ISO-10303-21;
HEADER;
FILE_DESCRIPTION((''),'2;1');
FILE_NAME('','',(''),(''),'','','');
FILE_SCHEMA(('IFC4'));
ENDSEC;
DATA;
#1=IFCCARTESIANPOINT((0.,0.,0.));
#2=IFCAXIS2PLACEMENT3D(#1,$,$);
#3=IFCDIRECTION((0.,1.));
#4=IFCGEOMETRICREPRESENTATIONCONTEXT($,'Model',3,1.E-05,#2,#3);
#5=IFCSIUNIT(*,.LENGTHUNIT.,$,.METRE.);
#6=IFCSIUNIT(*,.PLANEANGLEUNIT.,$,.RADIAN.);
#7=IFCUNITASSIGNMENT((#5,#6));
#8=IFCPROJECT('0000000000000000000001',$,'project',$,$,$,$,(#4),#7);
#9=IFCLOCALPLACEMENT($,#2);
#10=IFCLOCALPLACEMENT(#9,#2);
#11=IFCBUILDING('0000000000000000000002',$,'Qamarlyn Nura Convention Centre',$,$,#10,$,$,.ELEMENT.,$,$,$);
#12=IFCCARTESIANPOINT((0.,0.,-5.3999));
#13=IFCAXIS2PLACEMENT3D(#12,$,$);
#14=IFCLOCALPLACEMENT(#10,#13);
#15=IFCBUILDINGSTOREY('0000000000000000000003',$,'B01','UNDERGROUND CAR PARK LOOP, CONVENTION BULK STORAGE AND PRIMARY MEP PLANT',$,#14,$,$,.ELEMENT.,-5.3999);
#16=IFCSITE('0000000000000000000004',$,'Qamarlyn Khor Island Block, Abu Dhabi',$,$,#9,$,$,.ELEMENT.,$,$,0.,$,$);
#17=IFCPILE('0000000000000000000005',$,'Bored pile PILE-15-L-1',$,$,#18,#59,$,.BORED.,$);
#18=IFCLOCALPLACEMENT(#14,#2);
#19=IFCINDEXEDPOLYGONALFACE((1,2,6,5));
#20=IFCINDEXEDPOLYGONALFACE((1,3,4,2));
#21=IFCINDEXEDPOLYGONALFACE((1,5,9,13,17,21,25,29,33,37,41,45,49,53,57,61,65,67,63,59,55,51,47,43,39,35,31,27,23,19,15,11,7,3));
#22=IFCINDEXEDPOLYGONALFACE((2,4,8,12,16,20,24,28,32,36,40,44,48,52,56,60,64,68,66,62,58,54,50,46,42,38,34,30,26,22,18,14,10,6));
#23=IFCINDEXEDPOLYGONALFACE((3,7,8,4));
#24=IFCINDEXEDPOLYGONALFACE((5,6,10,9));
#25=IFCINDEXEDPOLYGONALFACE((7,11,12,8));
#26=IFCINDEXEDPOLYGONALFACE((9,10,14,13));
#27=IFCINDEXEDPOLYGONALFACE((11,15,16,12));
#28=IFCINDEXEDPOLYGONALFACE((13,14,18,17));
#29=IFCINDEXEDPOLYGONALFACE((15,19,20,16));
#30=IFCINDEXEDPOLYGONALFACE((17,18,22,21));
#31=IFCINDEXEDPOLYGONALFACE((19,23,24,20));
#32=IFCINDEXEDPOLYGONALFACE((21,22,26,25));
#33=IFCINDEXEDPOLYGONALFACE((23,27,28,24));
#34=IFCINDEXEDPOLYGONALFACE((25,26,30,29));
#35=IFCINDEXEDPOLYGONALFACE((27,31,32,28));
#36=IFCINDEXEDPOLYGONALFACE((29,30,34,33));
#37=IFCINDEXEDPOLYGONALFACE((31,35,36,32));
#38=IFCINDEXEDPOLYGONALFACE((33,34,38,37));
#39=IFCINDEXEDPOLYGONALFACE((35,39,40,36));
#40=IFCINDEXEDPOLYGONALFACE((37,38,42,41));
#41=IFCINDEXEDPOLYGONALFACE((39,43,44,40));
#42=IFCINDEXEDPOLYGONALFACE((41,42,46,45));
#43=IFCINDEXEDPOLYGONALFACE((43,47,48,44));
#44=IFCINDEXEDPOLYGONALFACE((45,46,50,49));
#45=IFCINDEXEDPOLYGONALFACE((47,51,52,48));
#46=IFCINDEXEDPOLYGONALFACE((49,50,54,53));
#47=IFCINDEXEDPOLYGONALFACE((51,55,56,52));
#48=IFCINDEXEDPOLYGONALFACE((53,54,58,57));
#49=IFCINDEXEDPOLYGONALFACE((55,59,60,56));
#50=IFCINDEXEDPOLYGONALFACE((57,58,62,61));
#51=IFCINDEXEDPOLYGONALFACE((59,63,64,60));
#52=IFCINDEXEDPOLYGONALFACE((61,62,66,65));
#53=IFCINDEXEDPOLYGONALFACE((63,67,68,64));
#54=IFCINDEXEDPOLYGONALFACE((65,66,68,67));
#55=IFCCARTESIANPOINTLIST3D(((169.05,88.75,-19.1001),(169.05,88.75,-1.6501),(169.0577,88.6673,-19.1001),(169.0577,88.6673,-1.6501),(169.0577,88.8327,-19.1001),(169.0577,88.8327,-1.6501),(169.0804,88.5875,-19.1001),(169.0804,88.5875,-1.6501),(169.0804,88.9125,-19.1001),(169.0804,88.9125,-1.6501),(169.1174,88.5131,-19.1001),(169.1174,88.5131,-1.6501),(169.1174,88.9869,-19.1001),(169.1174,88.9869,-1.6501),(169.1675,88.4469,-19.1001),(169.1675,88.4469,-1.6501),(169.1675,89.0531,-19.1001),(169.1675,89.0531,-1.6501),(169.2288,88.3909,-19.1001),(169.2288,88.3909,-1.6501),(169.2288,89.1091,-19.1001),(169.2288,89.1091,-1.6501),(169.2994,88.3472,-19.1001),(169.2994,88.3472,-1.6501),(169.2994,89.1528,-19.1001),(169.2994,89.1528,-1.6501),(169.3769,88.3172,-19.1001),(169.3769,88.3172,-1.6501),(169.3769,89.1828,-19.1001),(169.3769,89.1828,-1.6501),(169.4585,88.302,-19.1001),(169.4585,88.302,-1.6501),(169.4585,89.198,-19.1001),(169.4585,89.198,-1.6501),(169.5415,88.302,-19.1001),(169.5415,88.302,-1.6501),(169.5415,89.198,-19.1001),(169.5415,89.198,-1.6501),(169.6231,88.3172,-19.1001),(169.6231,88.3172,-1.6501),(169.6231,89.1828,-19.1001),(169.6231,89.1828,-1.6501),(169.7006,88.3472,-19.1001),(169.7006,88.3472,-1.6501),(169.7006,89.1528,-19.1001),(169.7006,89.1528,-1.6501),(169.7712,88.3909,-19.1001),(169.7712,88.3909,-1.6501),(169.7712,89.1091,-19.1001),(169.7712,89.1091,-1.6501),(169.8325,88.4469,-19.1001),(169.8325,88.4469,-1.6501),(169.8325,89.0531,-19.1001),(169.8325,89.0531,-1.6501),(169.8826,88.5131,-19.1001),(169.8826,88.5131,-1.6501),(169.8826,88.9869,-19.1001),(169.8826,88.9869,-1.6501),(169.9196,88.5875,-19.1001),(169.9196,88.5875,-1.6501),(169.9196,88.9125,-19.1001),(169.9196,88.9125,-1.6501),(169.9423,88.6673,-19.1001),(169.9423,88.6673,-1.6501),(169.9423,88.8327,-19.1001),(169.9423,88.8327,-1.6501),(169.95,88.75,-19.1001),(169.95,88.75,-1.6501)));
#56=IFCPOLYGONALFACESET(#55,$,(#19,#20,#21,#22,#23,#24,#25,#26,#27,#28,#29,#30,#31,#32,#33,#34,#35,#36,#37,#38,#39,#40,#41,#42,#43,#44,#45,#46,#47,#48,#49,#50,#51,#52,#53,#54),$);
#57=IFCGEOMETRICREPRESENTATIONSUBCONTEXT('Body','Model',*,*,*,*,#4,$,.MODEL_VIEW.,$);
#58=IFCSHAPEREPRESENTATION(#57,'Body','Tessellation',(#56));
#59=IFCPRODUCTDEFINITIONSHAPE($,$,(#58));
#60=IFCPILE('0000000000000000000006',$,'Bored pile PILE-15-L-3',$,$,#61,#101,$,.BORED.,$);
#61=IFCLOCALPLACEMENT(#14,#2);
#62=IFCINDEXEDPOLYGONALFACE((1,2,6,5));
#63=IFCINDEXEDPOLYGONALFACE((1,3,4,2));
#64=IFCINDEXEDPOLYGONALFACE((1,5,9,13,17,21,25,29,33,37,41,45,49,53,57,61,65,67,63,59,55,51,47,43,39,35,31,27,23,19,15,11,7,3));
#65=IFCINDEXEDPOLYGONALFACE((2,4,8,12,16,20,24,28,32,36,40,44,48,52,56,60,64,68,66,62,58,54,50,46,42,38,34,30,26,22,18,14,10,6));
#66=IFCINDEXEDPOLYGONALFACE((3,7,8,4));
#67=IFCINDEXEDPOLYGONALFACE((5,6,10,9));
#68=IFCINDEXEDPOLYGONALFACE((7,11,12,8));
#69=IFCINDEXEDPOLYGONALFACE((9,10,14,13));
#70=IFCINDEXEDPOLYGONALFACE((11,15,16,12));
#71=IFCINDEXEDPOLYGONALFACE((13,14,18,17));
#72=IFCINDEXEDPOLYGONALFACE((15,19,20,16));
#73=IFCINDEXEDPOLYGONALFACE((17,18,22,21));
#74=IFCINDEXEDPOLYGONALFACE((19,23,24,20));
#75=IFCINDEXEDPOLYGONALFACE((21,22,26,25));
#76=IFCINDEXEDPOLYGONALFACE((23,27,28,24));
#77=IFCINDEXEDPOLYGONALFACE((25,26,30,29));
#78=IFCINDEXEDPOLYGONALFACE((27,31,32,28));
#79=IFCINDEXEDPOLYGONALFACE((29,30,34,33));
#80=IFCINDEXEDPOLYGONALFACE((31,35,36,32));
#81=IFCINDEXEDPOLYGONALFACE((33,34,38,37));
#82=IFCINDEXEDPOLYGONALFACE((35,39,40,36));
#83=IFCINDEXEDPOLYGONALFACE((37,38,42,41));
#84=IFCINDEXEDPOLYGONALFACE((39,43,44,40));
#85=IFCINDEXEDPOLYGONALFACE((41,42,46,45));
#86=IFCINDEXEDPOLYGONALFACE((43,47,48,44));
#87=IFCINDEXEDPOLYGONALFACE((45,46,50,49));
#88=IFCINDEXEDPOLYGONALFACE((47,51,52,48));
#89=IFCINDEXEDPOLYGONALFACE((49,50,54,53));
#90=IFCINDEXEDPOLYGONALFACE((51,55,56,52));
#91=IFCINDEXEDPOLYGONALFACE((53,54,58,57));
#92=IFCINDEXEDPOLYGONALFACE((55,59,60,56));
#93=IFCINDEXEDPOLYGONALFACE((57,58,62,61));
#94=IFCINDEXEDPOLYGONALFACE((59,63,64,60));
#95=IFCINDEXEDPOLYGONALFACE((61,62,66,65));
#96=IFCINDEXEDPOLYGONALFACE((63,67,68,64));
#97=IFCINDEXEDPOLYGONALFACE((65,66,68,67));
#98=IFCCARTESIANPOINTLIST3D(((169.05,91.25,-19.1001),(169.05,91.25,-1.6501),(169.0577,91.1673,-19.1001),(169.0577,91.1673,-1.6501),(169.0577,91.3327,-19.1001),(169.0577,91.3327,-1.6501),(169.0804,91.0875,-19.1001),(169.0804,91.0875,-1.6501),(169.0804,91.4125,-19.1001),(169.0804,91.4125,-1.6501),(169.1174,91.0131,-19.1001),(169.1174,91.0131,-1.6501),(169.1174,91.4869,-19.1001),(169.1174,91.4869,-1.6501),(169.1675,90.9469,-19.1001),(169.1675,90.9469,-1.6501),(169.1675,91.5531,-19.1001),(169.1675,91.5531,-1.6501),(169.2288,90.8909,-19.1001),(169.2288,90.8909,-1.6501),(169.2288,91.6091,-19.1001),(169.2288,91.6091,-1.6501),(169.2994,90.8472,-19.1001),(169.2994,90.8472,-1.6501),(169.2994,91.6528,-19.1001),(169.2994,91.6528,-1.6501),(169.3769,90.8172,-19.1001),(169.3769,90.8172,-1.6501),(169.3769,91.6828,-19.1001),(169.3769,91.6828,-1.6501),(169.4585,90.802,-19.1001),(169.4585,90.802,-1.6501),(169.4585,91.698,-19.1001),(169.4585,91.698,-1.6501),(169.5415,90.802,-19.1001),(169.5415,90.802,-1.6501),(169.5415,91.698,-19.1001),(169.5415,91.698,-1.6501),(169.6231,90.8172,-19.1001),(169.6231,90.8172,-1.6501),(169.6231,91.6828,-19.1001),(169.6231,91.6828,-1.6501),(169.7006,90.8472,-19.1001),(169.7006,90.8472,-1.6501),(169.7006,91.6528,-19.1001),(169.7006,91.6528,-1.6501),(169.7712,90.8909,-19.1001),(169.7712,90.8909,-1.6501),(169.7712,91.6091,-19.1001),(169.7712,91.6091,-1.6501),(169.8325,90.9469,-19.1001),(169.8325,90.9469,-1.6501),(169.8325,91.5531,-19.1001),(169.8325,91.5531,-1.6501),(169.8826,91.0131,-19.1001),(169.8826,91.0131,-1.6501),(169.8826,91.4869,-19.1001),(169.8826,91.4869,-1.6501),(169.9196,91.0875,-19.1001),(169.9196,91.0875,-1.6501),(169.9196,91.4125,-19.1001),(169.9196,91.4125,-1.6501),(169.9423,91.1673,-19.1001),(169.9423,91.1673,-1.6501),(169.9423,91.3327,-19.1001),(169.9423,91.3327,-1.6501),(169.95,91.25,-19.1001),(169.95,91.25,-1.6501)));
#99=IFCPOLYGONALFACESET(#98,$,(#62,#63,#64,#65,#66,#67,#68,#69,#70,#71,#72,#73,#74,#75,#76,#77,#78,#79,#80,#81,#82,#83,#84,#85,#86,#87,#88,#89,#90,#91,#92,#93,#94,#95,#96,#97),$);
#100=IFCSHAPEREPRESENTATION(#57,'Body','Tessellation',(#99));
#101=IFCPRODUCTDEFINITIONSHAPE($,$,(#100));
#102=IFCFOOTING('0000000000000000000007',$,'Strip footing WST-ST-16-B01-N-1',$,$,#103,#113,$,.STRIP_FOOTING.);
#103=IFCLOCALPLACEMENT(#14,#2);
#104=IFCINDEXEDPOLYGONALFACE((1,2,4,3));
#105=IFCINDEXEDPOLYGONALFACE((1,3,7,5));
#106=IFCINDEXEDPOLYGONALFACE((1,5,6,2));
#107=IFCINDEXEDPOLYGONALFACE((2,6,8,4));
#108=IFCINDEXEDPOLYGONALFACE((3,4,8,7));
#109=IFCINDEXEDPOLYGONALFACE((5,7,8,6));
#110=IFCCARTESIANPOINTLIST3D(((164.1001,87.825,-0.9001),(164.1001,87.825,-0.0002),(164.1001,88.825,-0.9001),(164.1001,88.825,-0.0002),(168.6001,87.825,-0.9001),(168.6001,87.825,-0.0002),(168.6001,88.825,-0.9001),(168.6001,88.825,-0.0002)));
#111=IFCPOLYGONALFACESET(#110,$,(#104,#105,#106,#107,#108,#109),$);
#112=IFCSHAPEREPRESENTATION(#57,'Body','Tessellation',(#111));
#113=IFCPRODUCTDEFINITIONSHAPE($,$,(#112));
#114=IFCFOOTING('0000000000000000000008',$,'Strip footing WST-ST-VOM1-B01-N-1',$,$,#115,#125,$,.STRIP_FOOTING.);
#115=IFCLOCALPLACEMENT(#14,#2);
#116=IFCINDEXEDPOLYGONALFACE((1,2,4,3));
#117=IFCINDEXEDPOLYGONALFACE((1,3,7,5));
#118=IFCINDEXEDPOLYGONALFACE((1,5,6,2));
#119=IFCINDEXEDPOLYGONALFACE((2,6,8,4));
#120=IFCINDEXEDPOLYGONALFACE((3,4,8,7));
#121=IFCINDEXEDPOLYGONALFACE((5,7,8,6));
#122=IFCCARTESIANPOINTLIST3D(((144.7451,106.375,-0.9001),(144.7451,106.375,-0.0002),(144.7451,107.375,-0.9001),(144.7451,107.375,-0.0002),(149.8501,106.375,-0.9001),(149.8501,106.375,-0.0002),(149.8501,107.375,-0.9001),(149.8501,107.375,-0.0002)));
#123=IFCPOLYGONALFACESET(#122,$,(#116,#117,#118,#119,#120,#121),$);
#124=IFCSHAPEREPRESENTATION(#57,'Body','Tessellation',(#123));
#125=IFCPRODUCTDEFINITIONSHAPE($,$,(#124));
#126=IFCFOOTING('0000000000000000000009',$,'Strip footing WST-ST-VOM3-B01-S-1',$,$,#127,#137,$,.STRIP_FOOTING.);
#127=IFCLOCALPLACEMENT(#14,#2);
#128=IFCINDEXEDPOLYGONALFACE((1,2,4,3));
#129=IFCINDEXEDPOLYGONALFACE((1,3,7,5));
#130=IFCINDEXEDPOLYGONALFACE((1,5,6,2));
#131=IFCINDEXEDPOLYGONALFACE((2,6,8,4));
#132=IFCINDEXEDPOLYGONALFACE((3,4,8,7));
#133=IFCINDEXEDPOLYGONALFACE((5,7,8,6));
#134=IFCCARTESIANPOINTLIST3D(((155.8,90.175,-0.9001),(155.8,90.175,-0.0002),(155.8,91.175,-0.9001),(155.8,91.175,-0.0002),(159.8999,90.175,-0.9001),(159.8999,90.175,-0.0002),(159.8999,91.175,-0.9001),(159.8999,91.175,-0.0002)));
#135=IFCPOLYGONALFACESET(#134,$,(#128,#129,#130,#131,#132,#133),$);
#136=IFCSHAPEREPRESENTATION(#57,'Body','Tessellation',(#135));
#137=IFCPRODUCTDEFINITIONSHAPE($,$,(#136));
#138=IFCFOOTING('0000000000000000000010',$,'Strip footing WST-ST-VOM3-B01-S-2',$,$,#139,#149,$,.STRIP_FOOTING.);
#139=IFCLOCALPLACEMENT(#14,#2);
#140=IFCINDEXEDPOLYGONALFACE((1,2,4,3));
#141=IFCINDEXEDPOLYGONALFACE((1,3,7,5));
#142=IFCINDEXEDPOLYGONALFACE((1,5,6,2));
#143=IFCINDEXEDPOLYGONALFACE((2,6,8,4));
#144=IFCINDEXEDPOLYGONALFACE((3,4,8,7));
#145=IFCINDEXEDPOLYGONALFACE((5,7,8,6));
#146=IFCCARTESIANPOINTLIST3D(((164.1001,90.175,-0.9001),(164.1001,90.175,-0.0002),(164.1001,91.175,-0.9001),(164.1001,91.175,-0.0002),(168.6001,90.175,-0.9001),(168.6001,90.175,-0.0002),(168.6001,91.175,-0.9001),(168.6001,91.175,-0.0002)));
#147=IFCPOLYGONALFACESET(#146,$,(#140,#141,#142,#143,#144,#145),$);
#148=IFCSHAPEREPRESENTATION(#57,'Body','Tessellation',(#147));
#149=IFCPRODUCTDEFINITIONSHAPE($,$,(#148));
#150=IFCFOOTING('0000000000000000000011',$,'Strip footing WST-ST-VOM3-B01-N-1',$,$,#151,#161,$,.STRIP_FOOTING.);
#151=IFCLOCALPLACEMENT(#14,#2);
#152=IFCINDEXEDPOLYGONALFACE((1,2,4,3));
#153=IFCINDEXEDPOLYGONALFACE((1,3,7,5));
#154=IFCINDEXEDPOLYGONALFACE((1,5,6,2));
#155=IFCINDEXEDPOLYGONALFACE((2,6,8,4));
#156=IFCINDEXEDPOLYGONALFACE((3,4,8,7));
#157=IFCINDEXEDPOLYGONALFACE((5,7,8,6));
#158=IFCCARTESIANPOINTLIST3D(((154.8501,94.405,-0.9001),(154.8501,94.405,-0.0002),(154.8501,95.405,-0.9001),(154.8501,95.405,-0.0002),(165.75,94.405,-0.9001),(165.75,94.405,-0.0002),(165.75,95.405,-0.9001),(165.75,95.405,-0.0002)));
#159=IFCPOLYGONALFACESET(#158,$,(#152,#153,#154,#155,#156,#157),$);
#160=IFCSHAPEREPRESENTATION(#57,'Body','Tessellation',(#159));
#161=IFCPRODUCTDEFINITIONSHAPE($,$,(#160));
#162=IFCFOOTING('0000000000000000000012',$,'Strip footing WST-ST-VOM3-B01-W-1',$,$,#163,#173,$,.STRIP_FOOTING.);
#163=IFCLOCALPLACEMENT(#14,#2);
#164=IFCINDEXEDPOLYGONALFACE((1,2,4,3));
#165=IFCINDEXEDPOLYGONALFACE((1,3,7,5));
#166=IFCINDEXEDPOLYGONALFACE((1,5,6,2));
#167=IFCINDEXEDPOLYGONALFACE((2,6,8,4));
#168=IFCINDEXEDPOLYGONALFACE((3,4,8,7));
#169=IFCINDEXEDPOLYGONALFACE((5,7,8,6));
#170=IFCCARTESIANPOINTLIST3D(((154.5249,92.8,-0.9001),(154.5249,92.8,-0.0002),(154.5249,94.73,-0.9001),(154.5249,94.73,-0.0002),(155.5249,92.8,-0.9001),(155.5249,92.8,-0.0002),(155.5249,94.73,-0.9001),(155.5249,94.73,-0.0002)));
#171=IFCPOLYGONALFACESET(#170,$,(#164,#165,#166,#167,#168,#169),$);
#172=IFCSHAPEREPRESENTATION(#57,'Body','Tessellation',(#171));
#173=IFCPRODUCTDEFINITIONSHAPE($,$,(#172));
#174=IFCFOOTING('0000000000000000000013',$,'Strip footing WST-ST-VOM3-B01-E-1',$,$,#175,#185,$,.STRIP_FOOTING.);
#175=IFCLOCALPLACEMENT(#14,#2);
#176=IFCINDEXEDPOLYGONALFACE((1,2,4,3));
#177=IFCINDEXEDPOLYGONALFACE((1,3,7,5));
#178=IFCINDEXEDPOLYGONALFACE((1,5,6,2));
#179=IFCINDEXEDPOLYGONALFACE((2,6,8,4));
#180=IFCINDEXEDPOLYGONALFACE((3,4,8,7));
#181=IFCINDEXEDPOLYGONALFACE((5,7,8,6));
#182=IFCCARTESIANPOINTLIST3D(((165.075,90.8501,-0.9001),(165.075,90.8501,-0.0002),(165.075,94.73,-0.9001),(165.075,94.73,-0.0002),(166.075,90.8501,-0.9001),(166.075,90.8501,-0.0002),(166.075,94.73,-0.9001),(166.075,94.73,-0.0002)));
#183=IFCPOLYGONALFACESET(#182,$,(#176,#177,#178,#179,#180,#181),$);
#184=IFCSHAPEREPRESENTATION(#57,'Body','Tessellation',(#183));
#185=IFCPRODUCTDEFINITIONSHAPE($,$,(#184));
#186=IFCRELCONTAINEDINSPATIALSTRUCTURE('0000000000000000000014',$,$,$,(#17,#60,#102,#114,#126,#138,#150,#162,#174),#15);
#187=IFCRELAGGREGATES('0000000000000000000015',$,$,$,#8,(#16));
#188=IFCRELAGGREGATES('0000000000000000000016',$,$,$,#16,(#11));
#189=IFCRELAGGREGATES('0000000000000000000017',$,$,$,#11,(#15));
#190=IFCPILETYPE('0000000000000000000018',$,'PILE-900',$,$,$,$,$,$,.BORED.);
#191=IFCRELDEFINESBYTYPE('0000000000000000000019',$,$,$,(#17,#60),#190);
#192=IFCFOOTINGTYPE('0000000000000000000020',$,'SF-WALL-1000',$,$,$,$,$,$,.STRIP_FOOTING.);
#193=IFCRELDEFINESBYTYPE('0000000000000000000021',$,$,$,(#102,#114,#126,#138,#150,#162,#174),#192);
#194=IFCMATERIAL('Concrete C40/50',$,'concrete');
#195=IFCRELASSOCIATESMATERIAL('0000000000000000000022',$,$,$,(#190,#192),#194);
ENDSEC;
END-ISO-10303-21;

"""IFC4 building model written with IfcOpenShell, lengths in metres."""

from ifc_helpers import new_model, si_unit, direction, frame, origin, origin_2d, place, context, subcontext, project, spatial, rectangle, circle, extrude, material, material_profile, profile_set, type_object, element, save


model = new_model("IFC4")

# Units and contexts
model_context = context("Model", 3, precision=1e-05, world=origin(), true_north=direction((0.0, 1.0)))
body_context = subcontext(model_context, "Body", "Model", "MODEL_VIEW")
ifc_project = project(units=[si_unit("LENGTHUNIT", "METRE"), si_unit("PLANEANGLEUNIT", "RADIAN")], contexts=[model_context])

# Site, building, storey
site_placement = place(None, origin())
site = spatial("IfcSite", under=ifc_project, at=site_placement, Name="Qamarlyn Khor Island Block, Abu Dhabi", CompositionType="ELEMENT", RefElevation=0.0)
building_placement = place(site_placement, origin())
building = spatial("IfcBuilding", under=site, at=building_placement, Name="Qamarlyn Nura Convention Centre", CompositionType="ELEMENT")
storey_placement = place(building_placement, frame((0.0, 0.0, -5.3999)))
storey = spatial("IfcBuildingStorey", under=building, at=storey_placement, Name="B01", Description="UNDERGROUND CAR PARK LOOP, CONVENTION BULK STORAGE AND PRIMARY MEP PLANT", CompositionType="ELEMENT", Elevation=-5.3999)

# Shared definitions
ifc_material_1 = material(Name="Concrete C40/50", Category="concrete")

# Piles
ifc_material_profile_1 = material_profile(ifc_material_1, circle(Radius=0.45, at=origin_2d()), Name="BORED PILE 900")
ifc_profile_set_1 = profile_set([ifc_material_profile_1], Name="Concrete C40/50")
pile_type_1 = type_object("IfcPileType", Name="PILE-900", PredefinedType="BORED", material=ifc_profile_set_1)
for number, where, z_axis, x_axis, name in (
    (1, (169.5, 88.75, -1.6501), (0.0, 0.0, -1.0), (1.0, 0.0, 0.0), "Bored pile PILE-15-L-1"),
    (2, (169.5, 91.25, -1.6501), (0.0, 0.0, -1.0), (1.0, 0.0, 0.0), "Bored pile PILE-15-L-3"),
):
    element("IfcPile", number, at=place(storey_placement, frame(where, z_axis=z_axis, x_axis=x_axis)), inside=storey, type_object=pile_type_1, Name=name, PredefinedType="BORED", context=body_context, shape_type="SweptSolid", body=[
        extrude(circle(Radius=0.45, at=origin_2d()), origin(), (0.0, 0.0, 1.0), 17.45),
    ])

# Footings
ifc_material_profile_2 = material_profile(ifc_material_1, rectangle(XDim=1.0, YDim=0.8999, at=origin_2d()), Name="RC STRIP 1000x900")
ifc_profile_set_2 = profile_set([ifc_material_profile_2], Name="Concrete C40/50")
footing_type_1 = type_object("IfcFootingType", Name="SF-WALL-1000", PredefinedType="STRIP_FOOTING", material=ifc_profile_set_2)
footing_1_placement = place(storey_placement, frame((168.6001, 88.325, -0.4502), z_axis=(-1.0, 0.0, 0.0), x_axis=(0.0, -1.0, 0.0)))
element("IfcFooting", 3, at=footing_1_placement, inside=storey, type_object=footing_type_1, Name="Strip footing WST-ST-16-B01-N-1", PredefinedType="STRIP_FOOTING", context=body_context, shape_type="SweptSolid", body=[
    extrude(rectangle(XDim=1.0, YDim=0.8999, at=origin_2d()), origin(), (0.0, 0.0, 1.0), 4.5),
])
footing_2_placement = place(storey_placement, frame((149.8501, 106.875, -0.4502), z_axis=(-1.0, 0.0, 0.0), x_axis=(0.0, -1.0, 0.0)))
element("IfcFooting", 4, at=footing_2_placement, inside=storey, type_object=footing_type_1, Name="Strip footing WST-ST-VOM1-B01-N-1", PredefinedType="STRIP_FOOTING", context=body_context, shape_type="SweptSolid", body=[
    extrude(rectangle(XDim=1.0, YDim=0.8999, at=origin_2d()), origin(), (0.0, 0.0, 1.0), 5.105),
])
footing_3_placement = place(storey_placement, frame((155.8, 90.675, -0.4502), z_axis=(1.0, 0.0, 0.0), x_axis=(0.0, 1.0, 0.0)))
element("IfcFooting", 5, at=footing_3_placement, inside=storey, type_object=footing_type_1, Name="Strip footing WST-ST-VOM3-B01-S-1", PredefinedType="STRIP_FOOTING", context=body_context, shape_type="SweptSolid", body=[
    extrude(rectangle(XDim=1.0, YDim=0.8999, at=origin_2d()), origin(), (0.0, 0.0, 1.0), 4.0999),
])
footing_4_placement = place(storey_placement, frame((164.1001, 90.675, -0.4502), z_axis=(1.0, 0.0, 0.0), x_axis=(0.0, 1.0, 0.0)))
element("IfcFooting", 6, at=footing_4_placement, inside=storey, type_object=footing_type_1, Name="Strip footing WST-ST-VOM3-B01-S-2", PredefinedType="STRIP_FOOTING", context=body_context, shape_type="SweptSolid", body=[
    extrude(rectangle(XDim=1.0, YDim=0.8999, at=origin_2d()), origin(), (0.0, 0.0, 1.0), 4.5),
])
footing_5_placement = place(storey_placement, frame((165.75, 94.905, -0.4502), z_axis=(-1.0, 0.0, 0.0), x_axis=(0.0, -1.0, 0.0)))
element("IfcFooting", 7, at=footing_5_placement, inside=storey, type_object=footing_type_1, Name="Strip footing WST-ST-VOM3-B01-N-1", PredefinedType="STRIP_FOOTING", context=body_context, shape_type="SweptSolid", body=[
    extrude(rectangle(XDim=1.0, YDim=0.8999, at=origin_2d()), origin(), (0.0, 0.0, 1.0), 10.8999),
])
footing_6_placement = place(storey_placement, frame((155.0249, 94.73, -0.4502), z_axis=(0.0, -1.0, 0.0), x_axis=(1.0, 0.0, 0.0)))
element("IfcFooting", 8, at=footing_6_placement, inside=storey, type_object=footing_type_1, Name="Strip footing WST-ST-VOM3-B01-W-1", PredefinedType="STRIP_FOOTING", context=body_context, shape_type="SweptSolid", body=[
    extrude(rectangle(XDim=1.0, YDim=0.8999, at=origin_2d()), origin(), (0.0, 0.0, 1.0), 1.9299),
])
footing_7_placement = place(storey_placement, frame((165.575, 90.8501, -0.4502), z_axis=(0.0, 1.0, 0.0), x_axis=(-1.0, 0.0, 0.0)))
element("IfcFooting", 9, at=footing_7_placement, inside=storey, type_object=footing_type_1, Name="Strip footing WST-ST-VOM3-B01-E-1", PredefinedType="STRIP_FOOTING", context=body_context, shape_type="SweptSolid", body=[
    extrude(rectangle(XDim=1.0, YDim=0.8999, at=origin_2d()), origin(), (0.0, 0.0, 1.0), 3.8799),
])

save(model, "model.ifc")
